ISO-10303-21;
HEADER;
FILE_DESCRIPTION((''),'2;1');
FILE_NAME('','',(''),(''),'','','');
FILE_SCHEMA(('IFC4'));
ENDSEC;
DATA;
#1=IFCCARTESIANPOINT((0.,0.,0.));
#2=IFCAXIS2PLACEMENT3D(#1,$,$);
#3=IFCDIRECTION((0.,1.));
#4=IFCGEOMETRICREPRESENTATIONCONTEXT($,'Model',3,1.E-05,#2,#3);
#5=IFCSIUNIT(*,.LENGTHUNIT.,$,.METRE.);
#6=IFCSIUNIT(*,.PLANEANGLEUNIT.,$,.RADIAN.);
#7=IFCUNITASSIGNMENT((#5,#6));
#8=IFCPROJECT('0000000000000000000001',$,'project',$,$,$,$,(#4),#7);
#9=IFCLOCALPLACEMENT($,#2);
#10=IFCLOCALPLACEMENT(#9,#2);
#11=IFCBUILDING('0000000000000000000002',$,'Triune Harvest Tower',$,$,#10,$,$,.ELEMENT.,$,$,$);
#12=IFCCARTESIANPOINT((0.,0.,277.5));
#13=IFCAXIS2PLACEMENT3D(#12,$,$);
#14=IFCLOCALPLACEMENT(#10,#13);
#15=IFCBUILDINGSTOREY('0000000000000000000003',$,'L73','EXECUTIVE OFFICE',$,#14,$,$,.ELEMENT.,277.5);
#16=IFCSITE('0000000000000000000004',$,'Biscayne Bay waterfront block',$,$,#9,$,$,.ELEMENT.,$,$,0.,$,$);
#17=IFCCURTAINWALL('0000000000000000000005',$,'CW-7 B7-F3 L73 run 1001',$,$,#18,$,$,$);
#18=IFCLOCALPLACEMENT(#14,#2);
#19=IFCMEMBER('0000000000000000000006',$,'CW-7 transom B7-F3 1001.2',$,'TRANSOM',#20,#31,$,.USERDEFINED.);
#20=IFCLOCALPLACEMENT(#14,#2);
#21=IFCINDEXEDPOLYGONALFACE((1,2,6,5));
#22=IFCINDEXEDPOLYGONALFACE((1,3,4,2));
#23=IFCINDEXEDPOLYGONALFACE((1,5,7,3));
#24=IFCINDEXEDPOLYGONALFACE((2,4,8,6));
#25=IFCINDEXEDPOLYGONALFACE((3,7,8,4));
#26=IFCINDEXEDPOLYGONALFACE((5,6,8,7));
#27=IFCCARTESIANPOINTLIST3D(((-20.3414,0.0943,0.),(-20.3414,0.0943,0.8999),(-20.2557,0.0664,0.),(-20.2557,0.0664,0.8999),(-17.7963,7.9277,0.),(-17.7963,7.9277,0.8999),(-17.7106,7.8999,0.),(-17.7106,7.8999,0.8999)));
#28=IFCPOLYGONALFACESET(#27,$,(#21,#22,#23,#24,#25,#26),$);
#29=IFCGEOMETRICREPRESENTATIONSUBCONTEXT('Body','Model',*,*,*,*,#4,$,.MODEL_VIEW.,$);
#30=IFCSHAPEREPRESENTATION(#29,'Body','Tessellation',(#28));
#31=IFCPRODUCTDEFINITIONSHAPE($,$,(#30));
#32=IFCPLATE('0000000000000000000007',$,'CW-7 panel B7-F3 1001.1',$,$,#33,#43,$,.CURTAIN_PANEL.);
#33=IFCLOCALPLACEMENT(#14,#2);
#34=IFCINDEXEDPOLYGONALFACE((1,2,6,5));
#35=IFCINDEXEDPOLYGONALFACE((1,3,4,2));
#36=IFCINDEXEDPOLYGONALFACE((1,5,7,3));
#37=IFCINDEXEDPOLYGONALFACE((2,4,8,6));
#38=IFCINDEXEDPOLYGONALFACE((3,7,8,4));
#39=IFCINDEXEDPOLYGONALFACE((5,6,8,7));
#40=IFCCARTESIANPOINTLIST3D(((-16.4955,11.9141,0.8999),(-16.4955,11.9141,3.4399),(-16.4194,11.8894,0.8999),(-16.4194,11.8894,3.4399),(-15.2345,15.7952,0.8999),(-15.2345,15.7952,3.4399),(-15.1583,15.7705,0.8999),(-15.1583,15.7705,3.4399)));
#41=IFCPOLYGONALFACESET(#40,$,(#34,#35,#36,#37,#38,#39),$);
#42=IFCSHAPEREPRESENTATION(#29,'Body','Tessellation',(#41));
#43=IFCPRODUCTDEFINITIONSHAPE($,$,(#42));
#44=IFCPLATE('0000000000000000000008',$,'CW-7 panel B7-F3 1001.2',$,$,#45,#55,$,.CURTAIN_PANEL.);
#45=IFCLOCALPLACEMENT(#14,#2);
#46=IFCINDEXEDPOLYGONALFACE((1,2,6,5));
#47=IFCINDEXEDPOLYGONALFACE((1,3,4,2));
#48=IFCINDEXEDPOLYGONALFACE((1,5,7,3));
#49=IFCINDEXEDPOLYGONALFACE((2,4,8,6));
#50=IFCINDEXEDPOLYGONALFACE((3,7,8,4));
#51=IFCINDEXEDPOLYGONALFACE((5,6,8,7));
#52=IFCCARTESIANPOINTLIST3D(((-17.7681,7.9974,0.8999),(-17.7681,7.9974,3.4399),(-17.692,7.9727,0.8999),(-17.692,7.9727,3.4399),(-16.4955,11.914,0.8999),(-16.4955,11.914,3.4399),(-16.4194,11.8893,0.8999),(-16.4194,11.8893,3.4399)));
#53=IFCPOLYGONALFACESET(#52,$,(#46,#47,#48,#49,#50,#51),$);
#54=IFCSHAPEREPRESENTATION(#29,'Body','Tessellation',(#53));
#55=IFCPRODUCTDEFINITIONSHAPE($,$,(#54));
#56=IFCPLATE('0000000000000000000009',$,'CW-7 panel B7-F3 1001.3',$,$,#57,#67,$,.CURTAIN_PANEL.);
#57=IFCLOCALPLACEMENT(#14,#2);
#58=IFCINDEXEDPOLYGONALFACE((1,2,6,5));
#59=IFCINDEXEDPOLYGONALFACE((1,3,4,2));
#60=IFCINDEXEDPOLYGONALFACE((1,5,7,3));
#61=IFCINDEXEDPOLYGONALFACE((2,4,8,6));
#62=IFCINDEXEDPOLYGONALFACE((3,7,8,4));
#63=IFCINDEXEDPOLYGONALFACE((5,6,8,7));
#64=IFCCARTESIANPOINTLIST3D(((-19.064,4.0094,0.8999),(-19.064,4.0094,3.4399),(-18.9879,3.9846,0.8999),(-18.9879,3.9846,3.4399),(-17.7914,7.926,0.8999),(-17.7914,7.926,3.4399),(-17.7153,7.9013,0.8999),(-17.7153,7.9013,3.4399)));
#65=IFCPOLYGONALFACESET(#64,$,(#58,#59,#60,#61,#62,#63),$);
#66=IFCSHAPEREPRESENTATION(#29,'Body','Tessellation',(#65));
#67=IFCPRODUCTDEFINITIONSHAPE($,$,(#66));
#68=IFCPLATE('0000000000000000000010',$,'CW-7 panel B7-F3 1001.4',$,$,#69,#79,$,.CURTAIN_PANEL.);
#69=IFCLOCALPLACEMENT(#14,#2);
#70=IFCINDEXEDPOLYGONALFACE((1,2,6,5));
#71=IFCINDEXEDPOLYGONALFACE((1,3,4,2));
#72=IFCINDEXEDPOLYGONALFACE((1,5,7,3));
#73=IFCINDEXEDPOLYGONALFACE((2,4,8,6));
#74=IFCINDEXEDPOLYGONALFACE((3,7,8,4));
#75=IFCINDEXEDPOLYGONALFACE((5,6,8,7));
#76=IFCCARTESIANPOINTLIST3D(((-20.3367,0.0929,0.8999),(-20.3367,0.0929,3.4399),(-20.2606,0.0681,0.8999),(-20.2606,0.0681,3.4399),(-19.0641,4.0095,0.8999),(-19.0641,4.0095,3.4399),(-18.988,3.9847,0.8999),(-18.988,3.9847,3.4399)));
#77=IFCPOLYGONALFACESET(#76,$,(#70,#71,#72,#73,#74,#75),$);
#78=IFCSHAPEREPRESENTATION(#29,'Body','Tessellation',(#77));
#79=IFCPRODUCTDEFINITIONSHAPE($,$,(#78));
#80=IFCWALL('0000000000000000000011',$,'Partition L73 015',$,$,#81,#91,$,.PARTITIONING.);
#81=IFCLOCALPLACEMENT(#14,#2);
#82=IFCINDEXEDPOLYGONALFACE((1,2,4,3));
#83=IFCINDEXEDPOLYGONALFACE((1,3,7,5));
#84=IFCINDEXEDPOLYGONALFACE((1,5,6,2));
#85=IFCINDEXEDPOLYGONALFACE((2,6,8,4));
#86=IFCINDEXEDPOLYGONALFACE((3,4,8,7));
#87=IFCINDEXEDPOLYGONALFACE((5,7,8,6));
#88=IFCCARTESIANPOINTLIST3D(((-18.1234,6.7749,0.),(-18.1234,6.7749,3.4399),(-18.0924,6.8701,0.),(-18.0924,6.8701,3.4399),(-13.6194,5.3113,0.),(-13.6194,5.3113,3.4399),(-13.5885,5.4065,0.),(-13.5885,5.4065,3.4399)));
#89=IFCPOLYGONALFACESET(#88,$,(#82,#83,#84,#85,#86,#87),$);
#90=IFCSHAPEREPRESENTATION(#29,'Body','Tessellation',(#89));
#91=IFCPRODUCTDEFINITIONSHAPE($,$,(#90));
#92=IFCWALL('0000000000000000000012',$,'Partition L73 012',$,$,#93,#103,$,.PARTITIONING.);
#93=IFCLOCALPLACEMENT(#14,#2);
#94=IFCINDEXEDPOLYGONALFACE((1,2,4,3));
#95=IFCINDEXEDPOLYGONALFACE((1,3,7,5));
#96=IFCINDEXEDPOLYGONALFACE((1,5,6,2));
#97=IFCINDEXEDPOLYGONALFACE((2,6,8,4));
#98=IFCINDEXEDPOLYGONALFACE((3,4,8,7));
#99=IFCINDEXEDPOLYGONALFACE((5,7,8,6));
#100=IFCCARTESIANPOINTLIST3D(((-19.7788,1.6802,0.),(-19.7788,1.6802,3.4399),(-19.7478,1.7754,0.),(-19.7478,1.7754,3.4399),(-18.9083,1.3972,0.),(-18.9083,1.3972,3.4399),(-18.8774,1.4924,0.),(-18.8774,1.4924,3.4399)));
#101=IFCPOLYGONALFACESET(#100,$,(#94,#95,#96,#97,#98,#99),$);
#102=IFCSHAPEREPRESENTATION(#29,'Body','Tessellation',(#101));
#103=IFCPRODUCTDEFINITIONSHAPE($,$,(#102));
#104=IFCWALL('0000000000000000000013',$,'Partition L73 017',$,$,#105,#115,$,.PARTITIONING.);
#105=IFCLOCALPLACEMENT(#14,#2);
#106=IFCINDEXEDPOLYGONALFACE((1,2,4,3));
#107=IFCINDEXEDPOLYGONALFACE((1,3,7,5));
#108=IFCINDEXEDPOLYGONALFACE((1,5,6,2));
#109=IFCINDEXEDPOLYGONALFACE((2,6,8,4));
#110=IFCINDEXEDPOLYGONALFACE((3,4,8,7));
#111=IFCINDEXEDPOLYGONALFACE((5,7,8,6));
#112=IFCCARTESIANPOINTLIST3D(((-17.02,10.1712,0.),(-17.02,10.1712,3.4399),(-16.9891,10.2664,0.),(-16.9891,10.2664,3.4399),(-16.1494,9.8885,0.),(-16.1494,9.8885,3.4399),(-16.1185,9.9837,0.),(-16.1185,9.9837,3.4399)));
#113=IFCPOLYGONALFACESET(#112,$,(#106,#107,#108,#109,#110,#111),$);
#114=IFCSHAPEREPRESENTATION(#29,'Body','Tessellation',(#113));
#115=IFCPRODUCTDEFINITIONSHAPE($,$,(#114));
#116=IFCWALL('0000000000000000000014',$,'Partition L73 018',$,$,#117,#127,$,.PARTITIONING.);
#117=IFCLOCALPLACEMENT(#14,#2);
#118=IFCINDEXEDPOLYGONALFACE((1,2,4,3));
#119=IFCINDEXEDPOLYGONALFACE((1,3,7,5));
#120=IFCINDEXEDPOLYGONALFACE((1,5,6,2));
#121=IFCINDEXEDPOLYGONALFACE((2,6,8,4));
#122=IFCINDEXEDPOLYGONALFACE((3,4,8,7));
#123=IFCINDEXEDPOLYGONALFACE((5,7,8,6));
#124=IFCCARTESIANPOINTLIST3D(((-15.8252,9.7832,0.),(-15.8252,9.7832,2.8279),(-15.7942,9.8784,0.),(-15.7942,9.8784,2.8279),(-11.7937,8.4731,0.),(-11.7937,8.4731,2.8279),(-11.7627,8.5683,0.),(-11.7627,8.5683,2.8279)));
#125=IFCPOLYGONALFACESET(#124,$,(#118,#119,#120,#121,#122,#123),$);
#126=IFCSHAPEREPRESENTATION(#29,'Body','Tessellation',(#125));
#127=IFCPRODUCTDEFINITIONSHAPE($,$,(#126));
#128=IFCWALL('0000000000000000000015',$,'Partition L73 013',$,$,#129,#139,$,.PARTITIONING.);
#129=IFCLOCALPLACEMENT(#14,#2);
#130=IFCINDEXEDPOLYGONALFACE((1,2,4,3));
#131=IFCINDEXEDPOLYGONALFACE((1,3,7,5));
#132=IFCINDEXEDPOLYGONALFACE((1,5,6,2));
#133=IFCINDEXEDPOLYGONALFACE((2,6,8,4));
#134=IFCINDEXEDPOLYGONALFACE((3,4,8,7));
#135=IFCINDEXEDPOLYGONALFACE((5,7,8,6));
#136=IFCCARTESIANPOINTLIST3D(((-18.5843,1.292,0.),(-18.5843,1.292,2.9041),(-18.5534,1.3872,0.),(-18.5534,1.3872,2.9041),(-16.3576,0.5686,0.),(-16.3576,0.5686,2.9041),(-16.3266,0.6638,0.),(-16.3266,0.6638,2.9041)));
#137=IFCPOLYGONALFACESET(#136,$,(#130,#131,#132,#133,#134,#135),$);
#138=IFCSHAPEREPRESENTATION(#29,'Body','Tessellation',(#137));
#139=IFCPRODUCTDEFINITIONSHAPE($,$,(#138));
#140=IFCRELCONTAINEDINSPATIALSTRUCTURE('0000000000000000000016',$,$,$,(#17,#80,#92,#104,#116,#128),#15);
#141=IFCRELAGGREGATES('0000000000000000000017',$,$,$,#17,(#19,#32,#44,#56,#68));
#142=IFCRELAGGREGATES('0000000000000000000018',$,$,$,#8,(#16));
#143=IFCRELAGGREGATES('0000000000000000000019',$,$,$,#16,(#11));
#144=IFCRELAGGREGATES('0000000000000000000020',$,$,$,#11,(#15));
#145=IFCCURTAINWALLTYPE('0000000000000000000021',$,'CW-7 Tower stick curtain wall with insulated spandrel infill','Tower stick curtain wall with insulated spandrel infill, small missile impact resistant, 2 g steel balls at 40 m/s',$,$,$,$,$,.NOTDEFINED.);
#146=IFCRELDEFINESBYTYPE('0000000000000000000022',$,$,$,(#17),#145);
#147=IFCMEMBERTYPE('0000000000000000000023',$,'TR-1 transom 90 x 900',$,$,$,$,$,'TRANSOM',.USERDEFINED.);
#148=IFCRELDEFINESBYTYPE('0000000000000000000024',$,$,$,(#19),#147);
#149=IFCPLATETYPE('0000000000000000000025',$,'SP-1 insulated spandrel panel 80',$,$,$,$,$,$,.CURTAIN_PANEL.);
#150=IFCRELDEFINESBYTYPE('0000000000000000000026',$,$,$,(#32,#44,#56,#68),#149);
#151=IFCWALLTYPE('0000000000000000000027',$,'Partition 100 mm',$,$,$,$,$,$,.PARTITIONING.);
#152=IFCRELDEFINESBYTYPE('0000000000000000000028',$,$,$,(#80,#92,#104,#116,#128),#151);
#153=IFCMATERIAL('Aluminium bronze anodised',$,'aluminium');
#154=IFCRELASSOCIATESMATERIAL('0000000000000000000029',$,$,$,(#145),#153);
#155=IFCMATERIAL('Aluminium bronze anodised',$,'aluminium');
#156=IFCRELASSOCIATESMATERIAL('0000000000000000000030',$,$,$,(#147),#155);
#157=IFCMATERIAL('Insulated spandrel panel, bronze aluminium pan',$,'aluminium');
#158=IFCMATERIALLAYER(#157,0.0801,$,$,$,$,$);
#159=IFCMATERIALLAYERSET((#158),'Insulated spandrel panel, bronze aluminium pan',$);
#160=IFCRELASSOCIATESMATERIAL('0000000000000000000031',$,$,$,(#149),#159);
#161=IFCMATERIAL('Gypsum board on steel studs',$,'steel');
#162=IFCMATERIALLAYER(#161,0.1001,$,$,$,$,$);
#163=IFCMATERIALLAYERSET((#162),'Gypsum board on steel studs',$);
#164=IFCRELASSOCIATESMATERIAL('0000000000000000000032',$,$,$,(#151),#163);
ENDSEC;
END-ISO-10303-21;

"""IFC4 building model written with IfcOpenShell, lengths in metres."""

from ifc_helpers import new_model, si_unit, direction, frame, frame_2d, origin, origin_2d, place, context, subcontext, project, spatial, rectangle, extrude, source, transform, mapped, material, layer, layer_set, material_profile, profile_set, type_object, element, aggregate, save


model = new_model("IFC4")

# Units and contexts
model_context = context("Model", 3, precision=1e-05, world=origin(), true_north=direction((0.0, 1.0)))
body_context = subcontext(model_context, "Body", "Model", "MODEL_VIEW")
ifc_project = project(units=[si_unit("LENGTHUNIT", "METRE"), si_unit("PLANEANGLEUNIT", "RADIAN")], contexts=[model_context])

# Site, building, storey
site_placement = place(None, origin())
site = spatial("IfcSite", under=ifc_project, at=site_placement, Name="Biscayne Bay waterfront block", CompositionType="ELEMENT", RefElevation=0.0)
building_placement = place(site_placement, origin())
building = spatial("IfcBuilding", under=site, at=building_placement, Name="Triune Harvest Tower", CompositionType="ELEMENT")
storey_placement = place(building_placement, frame((0.0, 0.0, 277.5)))
storey = spatial("IfcBuildingStorey", under=building, at=storey_placement, Name="L73", Description="EXECUTIVE OFFICE", CompositionType="ELEMENT", Elevation=277.5)

# Curtain wall, member, plates
ifc_material_1 = material(Name="Aluminium bronze anodised", Category="aluminium")
curtain_wall_type = type_object("IfcCurtainWallType", Name="CW-7 Tower stick curtain wall with insulated spandrel infill", Description="Tower stick curtain wall with insulated spandrel infill, small missile impact resistant, 2 g steel balls at 40 m/s", PredefinedType="NOTDEFINED", material=ifc_material_1)
curtain_wall_placement = place(storey_placement, origin())
curtain_wall = element("IfcCurtainWall", 1, at=curtain_wall_placement, inside=storey, type_object=curtain_wall_type, Name="CW-7 B7-F3 L73 run 1001")
ifc_material_2 = material(Name="Aluminium bronze anodised", Category="aluminium")
ifc_material_profile_1 = material_profile(ifc_material_2, rectangle(XDim=0.0901, YDim=0.8999, at=origin_2d()), Name="TR-1 transom 90 x 900")
ifc_profile_set_1 = profile_set([ifc_material_profile_1], Name="Aluminium bronze anodised")
member_type_1 = type_object("IfcMemberType", Name="TR-1 transom 90 x 900", ElementType="TRANSOM", PredefinedType="USERDEFINED", material=ifc_profile_set_1)
shared_shape_1 = source(origin(), body_context, "Body", "SweptSolid", [
    extrude(rectangle(XDim=0.0901, YDim=0.8999, at=origin_2d()), origin(), (0.0, 0.0, 1.0), 8.2366),
])
member_1_placement = place(storey_placement, frame((-17.7534, 7.9138, 0.45), z_axis=(-0.309007, -0.95106, 0.0), x_axis=(0.95106, -0.309007, 0.0)))
member_1 = element("IfcMember", 2, at=member_1_placement, type_object=member_type_1, Name="CW-7 transom B7-F3 1001.2", ObjectType="TRANSOM", PredefinedType="USERDEFINED", context=body_context, shape_type="MappedRepresentation", body=[
    mapped(shared_shape_1, transform((0.0, 0.0, 0.0), scale=1.0)),
])
ifc_material_3 = material(Name="Insulated spandrel panel, bronze aluminium pan", Category="aluminium")
ifc_layer_1 = layer(ifc_material_3, 0.0801)
ifc_layer_set_1 = layer_set([ifc_layer_1], Name="Insulated spandrel panel, bronze aluminium pan")
plate_type = type_object("IfcPlateType", Name="SP-1 insulated spandrel panel 80", PredefinedType="CURTAIN_PANEL", material=ifc_layer_set_1)
shared_shape_2 = source(origin(), body_context, "Body", "SweptSolid", [
    extrude(rectangle(XDim=4.0808, YDim=0.0801, at=origin_2d()), origin(), (0.0, 0.0, 1.0), 2.54),
])
plate_1_placement = place(storey_placement, frame((-15.8269, 13.8423, 0.8999), z_axis=(0.0, 0.0, 1.0), x_axis=(-0.30902, -0.951056, 0.0)))
plate_1 = element("IfcPlate", 3, at=plate_1_placement, type_object=plate_type, Name="CW-7 panel B7-F3 1001.1", PredefinedType="CURTAIN_PANEL", context=body_context, shape_type="MappedRepresentation", body=[
    mapped(shared_shape_2, transform((0.0, 0.0, 0.0), scale=1.0)),
])
shared_shape_3 = source(origin(), body_context, "Body", "SweptSolid", [
    extrude(rectangle(XDim=4.1182, YDim=0.0801, at=origin_2d()), origin(), (0.0, 0.0, 1.0), 2.54),
])
plate_2_placement = place(storey_placement, frame((-17.0938, 9.9434, 0.8999), z_axis=(0.0, 0.0, 1.0), x_axis=(-0.30902, -0.951056, 0.0)))
plate_2 = element("IfcPlate", 4, at=plate_2_placement, type_object=plate_type, Name="CW-7 panel B7-F3 1001.2", PredefinedType="CURTAIN_PANEL", context=body_context, shape_type="MappedRepresentation", body=[
    mapped(shared_shape_3, transform((0.0, 0.0, 0.0), scale=1.0)),
])
plate_3_placement = place(storey_placement, frame((-18.3896, 5.9553, 0.8999), z_axis=(0.0, 0.0, 1.0), x_axis=(-0.30902, -0.951056, 0.0)))
plate_3 = element("IfcPlate", 5, at=plate_3_placement, type_object=plate_type, Name="CW-7 panel B7-F3 1001.3", PredefinedType="CURTAIN_PANEL", context=body_context, shape_type="MappedRepresentation", body=[
    mapped(shared_shape_3, transform((0.0, 0.0, 0.0), scale=1.0)),
])
plate_4_placement = place(storey_placement, frame((-19.6624, 2.0388, 0.8999), z_axis=(0.0, 0.0, 1.0), x_axis=(-0.30902, -0.951056, 0.0)))
plate_4 = element("IfcPlate", 6, at=plate_4_placement, type_object=plate_type, Name="CW-7 panel B7-F3 1001.4", PredefinedType="CURTAIN_PANEL", context=body_context, shape_type="MappedRepresentation", body=[
    mapped(shared_shape_3, transform((0.0, 0.0, 0.0), scale=1.0)),
])
aggregate(curtain_wall, [member_1, plate_1, plate_2, plate_3, plate_4])

# Walls
ifc_material_4 = material(Name="Gypsum board on steel studs", Category="steel")
ifc_layer_2 = layer(ifc_material_4, 0.1001)
ifc_layer_set_2 = layer_set([ifc_layer_2], Name="Gypsum board on steel studs")
wall_type = type_object("IfcWallType", Name="Partition 100 mm", PredefinedType="PARTITIONING", material=ifc_layer_set_2)
wall_1_placement = place(storey_placement, frame((-18.1079, 6.8225, 0.0), z_axis=(0.0, 0.0, 1.0), x_axis=(0.951043, -0.309058, 0.0)))
element("IfcWall", 7, at=wall_1_placement, inside=storey, type_object=wall_type, Name="Partition L73 015", PredefinedType="PARTITIONING", context=body_context, shape_type="SweptSolid", body=[
    extrude(rectangle(XDim=4.7358, YDim=0.1001, at=frame_2d((2.3679, 0.0))), origin(), (0.0, 0.0, 1.0), 3.4399),
])
shared_shape_4 = source(origin(), body_context, "Body", "SweptSolid", [
    extrude(rectangle(XDim=0.9153, YDim=0.1001, at=frame_2d((0.4575, 0.0))), origin(), (0.0, 0.0, 1.0), 3.4399),
])
for number, where, z_axis, x_axis, name in (
    (8, (-19.7632, 1.7278, 0.0), (0.0, 0.0, 1.0), (0.951005, -0.309177, 0.0), "Partition L73 012"),
    (9, (-17.0044, 10.2188, 0.0), (0.0, 0.0, 1.0), (0.951109, -0.308857, 0.0), "Partition L73 017"),
):
    element("IfcWall", number, at=place(storey_placement, frame(where, z_axis=z_axis, x_axis=x_axis)), inside=storey, type_object=wall_type, Name=name, PredefinedType="PARTITIONING", context=body_context, shape_type="MappedRepresentation", body=[
        mapped(shared_shape_4, transform((0.0, 0.0, 0.0), scale=1.0)),
    ])
shared_shape_5 = source(origin(), body_context, "Body", "SweptSolid", [
    extrude(rectangle(XDim=4.239, YDim=0.1001, at=frame_2d((2.1196, 0.0))), origin(), (0.0, 0.0, 1.0), 2.8279),
])
wall_2_placement = place(storey_placement, frame((-15.8098, 9.8308, 0.0), z_axis=(0.0, 0.0, 1.0), x_axis=(0.951046, -0.309048, 0.0)))
element("IfcWall", 10, at=wall_2_placement, inside=storey, type_object=wall_type, Name="Partition L73 018", PredefinedType="PARTITIONING", context=body_context, shape_type="MappedRepresentation", body=[
    mapped(shared_shape_5, transform((0.0, 0.0, 0.0), scale=1.0)),
])
shared_shape_6 = source(origin(), body_context, "Body", "SweptSolid", [
    extrude(rectangle(XDim=2.3413, YDim=0.1001, at=frame_2d((1.1707, 0.0))), origin(), (0.0, 0.0, 1.0), 2.9041),
])
wall_3_placement = place(storey_placement, frame((-18.5688, 1.3396, 0.0), z_axis=(0.0, 0.0, 1.0), x_axis=(0.951075, -0.308961, 0.0)))
element("IfcWall", 11, at=wall_3_placement, inside=storey, type_object=wall_type, Name="Partition L73 013", PredefinedType="PARTITIONING", context=body_context, shape_type="MappedRepresentation", body=[
    mapped(shared_shape_6, transform((0.0, 0.0, 0.0), scale=1.0)),
])

save(model, "model.ifc")
